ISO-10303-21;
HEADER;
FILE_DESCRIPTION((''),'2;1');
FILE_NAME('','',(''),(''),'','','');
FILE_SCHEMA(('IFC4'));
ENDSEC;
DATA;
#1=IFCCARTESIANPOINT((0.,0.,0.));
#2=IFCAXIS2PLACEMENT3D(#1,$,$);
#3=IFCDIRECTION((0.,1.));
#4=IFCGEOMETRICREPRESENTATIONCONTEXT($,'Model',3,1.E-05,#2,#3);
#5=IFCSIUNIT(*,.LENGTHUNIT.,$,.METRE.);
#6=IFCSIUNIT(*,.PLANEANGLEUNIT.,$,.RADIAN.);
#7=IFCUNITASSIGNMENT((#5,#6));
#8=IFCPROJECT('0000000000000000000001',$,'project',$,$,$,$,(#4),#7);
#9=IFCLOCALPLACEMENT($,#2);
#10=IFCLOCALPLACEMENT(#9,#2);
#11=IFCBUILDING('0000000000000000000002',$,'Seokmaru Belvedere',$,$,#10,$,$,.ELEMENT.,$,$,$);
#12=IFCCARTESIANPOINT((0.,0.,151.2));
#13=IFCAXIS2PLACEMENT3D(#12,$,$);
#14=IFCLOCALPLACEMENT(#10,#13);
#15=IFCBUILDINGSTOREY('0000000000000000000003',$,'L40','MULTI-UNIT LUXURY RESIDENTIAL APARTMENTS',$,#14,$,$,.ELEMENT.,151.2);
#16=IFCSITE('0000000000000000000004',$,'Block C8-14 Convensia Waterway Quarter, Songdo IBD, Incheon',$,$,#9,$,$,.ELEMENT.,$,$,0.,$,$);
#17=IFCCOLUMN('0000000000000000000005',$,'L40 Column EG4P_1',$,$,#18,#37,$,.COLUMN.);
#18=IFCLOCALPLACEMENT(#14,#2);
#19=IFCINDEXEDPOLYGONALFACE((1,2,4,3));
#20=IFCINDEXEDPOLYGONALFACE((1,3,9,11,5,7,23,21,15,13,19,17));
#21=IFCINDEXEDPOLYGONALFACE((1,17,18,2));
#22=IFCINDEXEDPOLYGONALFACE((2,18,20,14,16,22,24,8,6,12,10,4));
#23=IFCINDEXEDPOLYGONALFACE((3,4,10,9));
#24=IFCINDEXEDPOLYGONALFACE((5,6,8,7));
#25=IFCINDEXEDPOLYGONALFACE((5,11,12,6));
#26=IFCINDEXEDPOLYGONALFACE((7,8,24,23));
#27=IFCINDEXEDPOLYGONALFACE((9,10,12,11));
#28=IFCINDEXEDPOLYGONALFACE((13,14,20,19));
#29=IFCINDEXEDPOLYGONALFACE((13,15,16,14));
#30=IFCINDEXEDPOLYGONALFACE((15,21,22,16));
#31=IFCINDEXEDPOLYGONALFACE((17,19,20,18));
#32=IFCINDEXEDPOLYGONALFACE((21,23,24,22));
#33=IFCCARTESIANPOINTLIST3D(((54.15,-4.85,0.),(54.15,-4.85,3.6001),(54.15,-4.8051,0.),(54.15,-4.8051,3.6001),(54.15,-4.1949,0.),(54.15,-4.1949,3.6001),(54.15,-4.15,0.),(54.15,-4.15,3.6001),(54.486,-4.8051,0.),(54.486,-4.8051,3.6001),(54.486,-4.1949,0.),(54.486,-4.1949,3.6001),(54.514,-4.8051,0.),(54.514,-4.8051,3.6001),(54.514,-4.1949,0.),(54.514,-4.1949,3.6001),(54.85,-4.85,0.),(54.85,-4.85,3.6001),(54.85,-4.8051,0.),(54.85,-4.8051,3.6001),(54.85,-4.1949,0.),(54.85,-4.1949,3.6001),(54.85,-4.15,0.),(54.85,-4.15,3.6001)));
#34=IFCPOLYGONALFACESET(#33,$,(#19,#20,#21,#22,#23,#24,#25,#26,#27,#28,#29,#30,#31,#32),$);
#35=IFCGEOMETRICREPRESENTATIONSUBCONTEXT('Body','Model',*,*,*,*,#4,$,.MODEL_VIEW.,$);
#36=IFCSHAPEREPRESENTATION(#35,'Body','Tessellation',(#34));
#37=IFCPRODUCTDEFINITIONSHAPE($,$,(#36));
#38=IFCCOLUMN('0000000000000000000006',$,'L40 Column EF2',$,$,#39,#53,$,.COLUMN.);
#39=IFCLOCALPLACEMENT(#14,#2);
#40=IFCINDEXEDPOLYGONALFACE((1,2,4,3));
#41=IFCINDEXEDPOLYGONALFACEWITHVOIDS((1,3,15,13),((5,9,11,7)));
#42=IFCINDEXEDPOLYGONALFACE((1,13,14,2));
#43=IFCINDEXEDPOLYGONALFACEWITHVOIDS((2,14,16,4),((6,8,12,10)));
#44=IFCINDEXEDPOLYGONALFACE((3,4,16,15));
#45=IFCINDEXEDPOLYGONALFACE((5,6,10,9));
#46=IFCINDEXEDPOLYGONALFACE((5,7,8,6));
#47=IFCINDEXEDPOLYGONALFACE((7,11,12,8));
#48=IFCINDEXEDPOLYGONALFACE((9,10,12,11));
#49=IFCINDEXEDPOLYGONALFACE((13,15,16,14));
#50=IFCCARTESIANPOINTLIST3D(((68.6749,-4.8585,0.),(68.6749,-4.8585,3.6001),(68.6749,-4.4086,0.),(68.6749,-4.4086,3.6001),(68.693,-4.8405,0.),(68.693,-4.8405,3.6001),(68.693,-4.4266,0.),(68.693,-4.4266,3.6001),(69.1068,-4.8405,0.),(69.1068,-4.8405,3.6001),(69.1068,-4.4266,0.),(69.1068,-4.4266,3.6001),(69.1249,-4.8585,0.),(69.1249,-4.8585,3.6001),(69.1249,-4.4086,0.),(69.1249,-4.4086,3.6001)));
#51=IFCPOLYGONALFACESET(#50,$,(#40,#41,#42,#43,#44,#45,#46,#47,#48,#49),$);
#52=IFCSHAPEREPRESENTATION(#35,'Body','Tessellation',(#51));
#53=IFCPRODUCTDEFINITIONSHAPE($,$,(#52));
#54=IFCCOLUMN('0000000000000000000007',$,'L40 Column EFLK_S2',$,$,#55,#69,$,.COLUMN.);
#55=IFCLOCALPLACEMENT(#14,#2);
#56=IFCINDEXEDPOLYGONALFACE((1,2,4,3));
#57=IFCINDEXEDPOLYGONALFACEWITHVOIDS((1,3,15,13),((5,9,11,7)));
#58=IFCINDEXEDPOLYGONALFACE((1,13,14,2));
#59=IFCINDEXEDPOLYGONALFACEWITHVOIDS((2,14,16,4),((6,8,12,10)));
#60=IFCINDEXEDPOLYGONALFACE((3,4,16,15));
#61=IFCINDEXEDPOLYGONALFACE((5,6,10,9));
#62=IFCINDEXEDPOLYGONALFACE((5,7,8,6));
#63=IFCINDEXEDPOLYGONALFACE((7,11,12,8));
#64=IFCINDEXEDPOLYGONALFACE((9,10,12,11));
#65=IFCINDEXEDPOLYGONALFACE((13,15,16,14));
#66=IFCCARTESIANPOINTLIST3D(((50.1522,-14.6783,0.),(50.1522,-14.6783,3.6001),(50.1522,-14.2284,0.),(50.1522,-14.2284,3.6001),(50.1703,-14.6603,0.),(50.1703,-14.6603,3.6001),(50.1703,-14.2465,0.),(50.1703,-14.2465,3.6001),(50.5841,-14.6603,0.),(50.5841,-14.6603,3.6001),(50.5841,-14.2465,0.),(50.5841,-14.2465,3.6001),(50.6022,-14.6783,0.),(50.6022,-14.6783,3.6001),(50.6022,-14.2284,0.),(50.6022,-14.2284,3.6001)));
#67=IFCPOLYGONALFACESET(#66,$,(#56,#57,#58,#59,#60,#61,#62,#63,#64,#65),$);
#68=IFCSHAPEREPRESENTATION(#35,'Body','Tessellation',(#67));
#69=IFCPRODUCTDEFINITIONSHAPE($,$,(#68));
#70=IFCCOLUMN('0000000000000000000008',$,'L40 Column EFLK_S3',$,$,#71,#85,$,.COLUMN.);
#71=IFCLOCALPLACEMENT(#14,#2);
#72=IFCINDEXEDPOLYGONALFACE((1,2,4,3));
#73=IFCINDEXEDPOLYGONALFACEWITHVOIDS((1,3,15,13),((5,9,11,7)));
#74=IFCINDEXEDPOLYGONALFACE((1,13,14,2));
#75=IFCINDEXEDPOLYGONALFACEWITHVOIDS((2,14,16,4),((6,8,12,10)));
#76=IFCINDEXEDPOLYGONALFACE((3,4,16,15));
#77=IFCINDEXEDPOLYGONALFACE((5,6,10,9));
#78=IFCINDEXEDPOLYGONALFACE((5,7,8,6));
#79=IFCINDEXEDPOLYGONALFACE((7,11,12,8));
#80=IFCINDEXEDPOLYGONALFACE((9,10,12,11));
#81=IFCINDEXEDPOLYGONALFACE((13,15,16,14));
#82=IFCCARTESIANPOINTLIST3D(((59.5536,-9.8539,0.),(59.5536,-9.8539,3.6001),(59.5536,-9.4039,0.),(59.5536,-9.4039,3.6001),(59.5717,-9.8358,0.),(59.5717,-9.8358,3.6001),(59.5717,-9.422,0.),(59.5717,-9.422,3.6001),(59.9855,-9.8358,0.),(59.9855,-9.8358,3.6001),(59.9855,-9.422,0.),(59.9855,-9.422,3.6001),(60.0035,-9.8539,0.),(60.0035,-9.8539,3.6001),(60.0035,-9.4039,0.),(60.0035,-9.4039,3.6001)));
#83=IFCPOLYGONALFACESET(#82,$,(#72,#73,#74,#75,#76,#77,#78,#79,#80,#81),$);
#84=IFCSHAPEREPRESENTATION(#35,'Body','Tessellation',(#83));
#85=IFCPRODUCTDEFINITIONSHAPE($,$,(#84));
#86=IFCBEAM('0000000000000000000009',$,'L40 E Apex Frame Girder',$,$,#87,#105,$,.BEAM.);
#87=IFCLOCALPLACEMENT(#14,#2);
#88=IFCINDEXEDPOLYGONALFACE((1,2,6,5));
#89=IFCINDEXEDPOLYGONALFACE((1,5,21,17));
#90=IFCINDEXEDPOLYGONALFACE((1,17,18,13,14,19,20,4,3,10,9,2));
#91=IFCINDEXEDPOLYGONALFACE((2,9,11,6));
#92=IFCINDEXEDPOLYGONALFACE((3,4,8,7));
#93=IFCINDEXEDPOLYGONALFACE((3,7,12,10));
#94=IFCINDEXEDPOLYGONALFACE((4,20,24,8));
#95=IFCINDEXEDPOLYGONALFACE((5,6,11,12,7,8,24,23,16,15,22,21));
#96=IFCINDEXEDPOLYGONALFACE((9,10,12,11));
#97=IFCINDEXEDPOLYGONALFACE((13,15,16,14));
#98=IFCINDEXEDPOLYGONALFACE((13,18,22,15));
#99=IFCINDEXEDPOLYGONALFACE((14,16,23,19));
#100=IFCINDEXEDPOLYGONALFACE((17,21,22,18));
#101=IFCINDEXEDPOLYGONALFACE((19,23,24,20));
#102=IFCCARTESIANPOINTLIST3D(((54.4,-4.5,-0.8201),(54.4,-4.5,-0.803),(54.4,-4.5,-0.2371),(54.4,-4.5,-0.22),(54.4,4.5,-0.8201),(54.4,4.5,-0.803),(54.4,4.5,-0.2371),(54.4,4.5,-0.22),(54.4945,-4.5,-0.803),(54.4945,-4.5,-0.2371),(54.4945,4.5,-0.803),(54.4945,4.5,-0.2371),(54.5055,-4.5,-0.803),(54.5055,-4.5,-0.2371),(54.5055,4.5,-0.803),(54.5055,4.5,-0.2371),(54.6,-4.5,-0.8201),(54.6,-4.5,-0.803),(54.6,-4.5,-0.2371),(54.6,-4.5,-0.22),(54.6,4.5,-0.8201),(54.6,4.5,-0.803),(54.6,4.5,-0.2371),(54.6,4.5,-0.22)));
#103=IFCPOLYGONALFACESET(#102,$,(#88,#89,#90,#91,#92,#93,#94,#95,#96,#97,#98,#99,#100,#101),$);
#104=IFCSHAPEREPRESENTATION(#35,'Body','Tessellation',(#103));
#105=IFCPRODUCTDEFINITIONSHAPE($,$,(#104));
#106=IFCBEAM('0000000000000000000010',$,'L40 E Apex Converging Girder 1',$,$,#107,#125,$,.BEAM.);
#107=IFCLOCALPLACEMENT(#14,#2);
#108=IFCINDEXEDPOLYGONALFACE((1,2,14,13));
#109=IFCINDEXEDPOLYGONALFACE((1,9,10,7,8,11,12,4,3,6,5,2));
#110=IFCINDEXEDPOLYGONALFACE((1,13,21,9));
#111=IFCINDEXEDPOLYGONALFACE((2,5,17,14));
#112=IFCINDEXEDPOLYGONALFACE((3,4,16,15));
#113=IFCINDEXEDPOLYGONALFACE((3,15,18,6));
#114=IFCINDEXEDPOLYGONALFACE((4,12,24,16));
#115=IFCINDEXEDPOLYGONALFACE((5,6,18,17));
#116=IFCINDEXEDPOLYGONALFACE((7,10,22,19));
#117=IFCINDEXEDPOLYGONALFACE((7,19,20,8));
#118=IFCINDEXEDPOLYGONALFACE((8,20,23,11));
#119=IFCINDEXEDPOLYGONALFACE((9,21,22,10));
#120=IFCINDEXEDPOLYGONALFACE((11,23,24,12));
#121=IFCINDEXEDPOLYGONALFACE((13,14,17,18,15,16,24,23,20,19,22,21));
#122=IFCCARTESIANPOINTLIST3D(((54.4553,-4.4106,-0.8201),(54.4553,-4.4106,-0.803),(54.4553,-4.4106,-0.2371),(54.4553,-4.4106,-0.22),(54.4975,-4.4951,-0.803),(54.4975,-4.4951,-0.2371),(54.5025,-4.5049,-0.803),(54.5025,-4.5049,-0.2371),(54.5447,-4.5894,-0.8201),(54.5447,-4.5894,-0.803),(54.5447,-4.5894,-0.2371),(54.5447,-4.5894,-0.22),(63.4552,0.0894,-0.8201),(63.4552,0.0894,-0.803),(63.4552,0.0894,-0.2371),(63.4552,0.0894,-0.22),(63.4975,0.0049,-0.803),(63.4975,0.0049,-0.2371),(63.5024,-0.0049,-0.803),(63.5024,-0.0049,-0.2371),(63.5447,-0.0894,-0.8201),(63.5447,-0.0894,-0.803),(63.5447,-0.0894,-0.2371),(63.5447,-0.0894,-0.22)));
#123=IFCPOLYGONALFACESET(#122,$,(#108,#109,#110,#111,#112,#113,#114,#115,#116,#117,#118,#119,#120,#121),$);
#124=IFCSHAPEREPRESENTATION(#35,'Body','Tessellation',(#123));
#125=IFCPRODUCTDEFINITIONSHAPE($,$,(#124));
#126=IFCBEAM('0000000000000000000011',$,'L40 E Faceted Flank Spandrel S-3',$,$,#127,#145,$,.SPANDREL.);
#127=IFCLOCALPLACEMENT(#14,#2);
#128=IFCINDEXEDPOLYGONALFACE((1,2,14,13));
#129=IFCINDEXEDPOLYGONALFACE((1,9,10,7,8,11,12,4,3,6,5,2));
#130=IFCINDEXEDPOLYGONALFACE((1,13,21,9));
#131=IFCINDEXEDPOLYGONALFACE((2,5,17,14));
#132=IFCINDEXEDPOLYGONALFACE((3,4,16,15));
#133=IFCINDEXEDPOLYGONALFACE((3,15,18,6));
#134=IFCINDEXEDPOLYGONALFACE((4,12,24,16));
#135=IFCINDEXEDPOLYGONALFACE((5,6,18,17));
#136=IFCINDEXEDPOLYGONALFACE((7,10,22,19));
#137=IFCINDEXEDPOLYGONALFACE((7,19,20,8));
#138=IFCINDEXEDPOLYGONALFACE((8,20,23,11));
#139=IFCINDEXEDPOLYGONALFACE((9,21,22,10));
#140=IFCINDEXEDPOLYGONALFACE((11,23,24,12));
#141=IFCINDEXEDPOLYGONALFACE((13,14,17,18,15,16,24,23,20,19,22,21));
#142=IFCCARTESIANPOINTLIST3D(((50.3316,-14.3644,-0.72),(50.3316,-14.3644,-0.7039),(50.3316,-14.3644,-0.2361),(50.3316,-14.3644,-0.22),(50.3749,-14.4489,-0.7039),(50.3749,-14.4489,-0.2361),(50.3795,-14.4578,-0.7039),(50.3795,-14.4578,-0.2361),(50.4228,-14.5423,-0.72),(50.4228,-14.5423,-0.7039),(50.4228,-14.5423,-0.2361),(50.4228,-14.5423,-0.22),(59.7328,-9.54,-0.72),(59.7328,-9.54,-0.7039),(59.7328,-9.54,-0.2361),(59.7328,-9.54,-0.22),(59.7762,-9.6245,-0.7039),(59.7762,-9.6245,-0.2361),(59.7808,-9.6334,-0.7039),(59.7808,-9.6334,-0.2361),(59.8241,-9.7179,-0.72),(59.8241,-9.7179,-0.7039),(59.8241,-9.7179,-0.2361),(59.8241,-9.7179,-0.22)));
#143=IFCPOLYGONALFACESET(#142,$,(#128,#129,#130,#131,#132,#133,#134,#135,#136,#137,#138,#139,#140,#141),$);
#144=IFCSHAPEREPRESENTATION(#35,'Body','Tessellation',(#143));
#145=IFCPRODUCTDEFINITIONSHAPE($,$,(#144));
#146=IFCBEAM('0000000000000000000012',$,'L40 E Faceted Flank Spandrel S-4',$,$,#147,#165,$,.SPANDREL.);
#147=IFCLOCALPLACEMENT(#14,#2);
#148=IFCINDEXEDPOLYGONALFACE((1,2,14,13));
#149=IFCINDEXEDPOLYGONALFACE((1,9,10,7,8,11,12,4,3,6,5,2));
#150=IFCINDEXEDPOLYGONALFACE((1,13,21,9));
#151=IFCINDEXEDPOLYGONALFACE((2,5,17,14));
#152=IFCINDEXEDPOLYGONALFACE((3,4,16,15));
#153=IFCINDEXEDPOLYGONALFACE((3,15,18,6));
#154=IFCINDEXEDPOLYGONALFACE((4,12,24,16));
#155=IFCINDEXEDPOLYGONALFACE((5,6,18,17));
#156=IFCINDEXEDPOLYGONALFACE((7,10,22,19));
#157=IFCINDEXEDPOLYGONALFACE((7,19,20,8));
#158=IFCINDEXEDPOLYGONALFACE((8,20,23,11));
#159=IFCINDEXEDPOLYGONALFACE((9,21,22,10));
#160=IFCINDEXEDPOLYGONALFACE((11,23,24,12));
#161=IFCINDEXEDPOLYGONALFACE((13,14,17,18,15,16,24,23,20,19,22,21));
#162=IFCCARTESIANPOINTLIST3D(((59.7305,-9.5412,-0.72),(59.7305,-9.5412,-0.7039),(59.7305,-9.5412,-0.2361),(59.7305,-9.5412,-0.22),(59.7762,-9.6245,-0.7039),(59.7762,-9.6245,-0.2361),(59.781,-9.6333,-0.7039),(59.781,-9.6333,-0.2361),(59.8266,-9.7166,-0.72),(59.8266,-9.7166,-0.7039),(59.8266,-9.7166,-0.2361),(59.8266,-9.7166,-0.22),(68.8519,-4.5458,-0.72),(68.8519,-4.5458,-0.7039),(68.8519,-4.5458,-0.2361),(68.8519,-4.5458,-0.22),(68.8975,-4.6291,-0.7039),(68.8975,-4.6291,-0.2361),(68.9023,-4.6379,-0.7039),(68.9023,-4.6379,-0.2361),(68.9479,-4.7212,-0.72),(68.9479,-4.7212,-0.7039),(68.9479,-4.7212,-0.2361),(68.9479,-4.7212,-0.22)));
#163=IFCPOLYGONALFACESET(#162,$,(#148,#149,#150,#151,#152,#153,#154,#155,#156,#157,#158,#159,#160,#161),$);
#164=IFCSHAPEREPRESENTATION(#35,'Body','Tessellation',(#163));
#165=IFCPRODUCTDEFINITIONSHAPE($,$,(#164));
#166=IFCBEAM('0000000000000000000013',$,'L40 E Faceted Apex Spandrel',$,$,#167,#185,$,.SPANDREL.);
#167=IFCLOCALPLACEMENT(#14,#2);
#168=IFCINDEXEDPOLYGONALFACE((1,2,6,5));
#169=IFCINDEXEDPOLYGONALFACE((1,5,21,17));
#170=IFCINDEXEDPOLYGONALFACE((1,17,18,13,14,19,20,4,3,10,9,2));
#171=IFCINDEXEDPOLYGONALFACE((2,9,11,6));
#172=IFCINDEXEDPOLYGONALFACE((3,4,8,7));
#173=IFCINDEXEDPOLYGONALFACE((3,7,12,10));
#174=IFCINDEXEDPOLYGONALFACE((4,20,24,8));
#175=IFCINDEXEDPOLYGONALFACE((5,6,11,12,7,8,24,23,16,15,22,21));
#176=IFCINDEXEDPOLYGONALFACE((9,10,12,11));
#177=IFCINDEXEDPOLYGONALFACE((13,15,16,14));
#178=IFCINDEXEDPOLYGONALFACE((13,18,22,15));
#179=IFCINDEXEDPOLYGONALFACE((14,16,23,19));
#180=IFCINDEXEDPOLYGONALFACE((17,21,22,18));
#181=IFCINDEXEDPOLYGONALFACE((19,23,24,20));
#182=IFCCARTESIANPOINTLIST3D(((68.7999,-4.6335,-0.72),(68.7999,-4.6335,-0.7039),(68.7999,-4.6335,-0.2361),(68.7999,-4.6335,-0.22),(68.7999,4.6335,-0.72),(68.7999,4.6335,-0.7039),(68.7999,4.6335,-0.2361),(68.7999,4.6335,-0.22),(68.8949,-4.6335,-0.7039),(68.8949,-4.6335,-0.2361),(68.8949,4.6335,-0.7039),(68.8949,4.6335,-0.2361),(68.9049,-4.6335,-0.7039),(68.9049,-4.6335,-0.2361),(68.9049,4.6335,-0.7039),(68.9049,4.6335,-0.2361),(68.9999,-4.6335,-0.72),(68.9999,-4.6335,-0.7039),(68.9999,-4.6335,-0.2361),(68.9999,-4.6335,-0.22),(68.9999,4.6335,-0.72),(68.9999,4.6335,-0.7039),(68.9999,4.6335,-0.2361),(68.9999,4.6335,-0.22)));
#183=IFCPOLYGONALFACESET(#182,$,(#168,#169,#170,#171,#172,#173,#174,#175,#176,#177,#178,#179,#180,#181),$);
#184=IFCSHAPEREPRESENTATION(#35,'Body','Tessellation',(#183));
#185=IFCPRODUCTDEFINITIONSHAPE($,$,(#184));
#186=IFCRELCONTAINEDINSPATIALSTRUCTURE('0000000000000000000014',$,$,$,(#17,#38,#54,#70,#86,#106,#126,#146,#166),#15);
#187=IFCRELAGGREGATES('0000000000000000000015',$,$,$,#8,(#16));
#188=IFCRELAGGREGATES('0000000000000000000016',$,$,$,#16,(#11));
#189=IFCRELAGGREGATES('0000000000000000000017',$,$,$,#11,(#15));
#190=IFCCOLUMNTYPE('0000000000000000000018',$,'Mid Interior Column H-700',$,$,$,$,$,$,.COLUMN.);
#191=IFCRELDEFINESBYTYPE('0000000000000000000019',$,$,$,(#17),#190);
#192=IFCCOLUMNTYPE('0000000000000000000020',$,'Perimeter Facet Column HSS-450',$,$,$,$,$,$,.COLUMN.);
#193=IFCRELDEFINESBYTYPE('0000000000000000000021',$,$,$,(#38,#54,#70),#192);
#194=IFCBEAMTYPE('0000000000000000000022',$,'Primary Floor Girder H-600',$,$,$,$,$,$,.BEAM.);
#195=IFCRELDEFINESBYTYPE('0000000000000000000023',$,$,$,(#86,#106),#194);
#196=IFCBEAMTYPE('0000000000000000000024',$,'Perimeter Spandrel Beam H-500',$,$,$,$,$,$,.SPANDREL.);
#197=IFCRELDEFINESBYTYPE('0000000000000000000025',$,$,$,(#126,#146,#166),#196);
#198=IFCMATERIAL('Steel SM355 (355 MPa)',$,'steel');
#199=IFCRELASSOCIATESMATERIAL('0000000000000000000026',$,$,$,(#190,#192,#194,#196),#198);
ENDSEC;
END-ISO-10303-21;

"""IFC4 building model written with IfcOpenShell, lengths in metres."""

from ifc_helpers import new_model, si_unit, direction, frame, origin, origin_2d, place, context, subcontext, project, spatial, hollow_rectangle, i_section, extrude, source, transform, mapped, material, material_profile, profile_set, type_object, type_shapes, element, save


model = new_model("IFC4")

# Units and contexts
model_context = context("Model", 3, precision=1e-05, world=origin(), true_north=direction((0.0, 1.0)))
body_context = subcontext(model_context, "Body", "Model", "MODEL_VIEW")
ifc_project = project(units=[si_unit("LENGTHUNIT", "METRE"), si_unit("PLANEANGLEUNIT", "RADIAN")], contexts=[model_context])

# Site, building, storey
site_placement = place(None, origin())
site = spatial("IfcSite", under=ifc_project, at=site_placement, Name="Block C8-14 Convensia Waterway Quarter, Songdo IBD, Incheon", CompositionType="ELEMENT", RefElevation=0.0)
building_placement = place(site_placement, origin())
building = spatial("IfcBuilding", under=site, at=building_placement, Name="Seokmaru Belvedere", CompositionType="ELEMENT")
storey_placement = place(building_placement, frame((0.0, 0.0, 151.2)))
storey = spatial("IfcBuildingStorey", under=building, at=storey_placement, Name="L40", Description="MULTI-UNIT LUXURY RESIDENTIAL APARTMENTS", CompositionType="ELEMENT", Elevation=151.2)

# Columns
ifc_material_1 = material(Name="Steel SM355 (355 MPa)", Category="steel")
ifc_material_profile_1 = material_profile(ifc_material_1, i_section(OverallWidth=0.7, OverallDepth=0.7, WebThickness=0.0281, FlangeThickness=0.0449, at=origin_2d()), Name="H-700x700x28x45")
ifc_profile_set_1 = profile_set([ifc_material_profile_1], Name="Steel SM355 (355 MPa)")
column_type_1 = type_object("IfcColumnType", Name="Mid Interior Column H-700", PredefinedType="COLUMN", material=ifc_profile_set_1)
shared_shape_1 = source(origin(), body_context, "Body", "SweptSolid", [
    extrude(i_section(OverallWidth=0.7, OverallDepth=0.7, WebThickness=0.0281, FlangeThickness=0.0449, at=origin_2d()), origin(), (0.0, 0.0, 1.0), 3.6001),
])
type_shapes(column_type_1, [shared_shape_1])
column_placement = place(storey_placement, frame((54.5, -4.5, 0.0), z_axis=(0.0, 0.0, 1.0), x_axis=(1.0, 0.0, 0.0)))
element("IfcColumn", 1, at=column_placement, inside=storey, type_object=column_type_1, Name="L40 Column EG4P_1", PredefinedType="COLUMN", context=body_context, shape_type="MappedRepresentation", body=[
    mapped(shared_shape_1, transform((0.0, 0.0, 0.0), scale=1.0)),
])
ifc_material_profile_2 = material_profile(ifc_material_1, hollow_rectangle(XDim=0.45, YDim=0.45, WallThickness=0.0181, at=origin_2d()), Name="HSS-450x450x18")
ifc_profile_set_2 = profile_set([ifc_material_profile_2], Name="Steel SM355 (355 MPa)")
column_type_2 = type_object("IfcColumnType", Name="Perimeter Facet Column HSS-450", PredefinedType="COLUMN", material=ifc_profile_set_2)
shared_shape_2 = source(origin(), body_context, "Body", "SweptSolid", [
    extrude(hollow_rectangle(XDim=0.45, YDim=0.45, WallThickness=0.0181, at=origin_2d()), origin(), (0.0, 0.0, 1.0), 3.6001),
])
type_shapes(column_type_2, [shared_shape_2])
for number, where, z_axis, x_axis, name in (
    (2, (68.8999, -4.6335, 0.0), (0.0, 0.0, 1.0), (1.0, 0.0, 0.0), "L40 Column EF2"),
    (3, (50.3772, -14.4534, 0.0), (0.0, 0.0, 1.0), (1.0, 0.0, 0.0), "L40 Column EFLK_S2"),
    (4, (59.7786, -9.6289, 0.0), (0.0, 0.0, 1.0), (1.0, 0.0, 0.0), "L40 Column EFLK_S3"),
):
    element("IfcColumn", number, at=place(storey_placement, frame(where, z_axis=z_axis, x_axis=x_axis)), inside=storey, type_object=column_type_2, Name=name, PredefinedType="COLUMN", context=body_context, shape_type="MappedRepresentation", body=[
        mapped(shared_shape_2, transform((0.0, 0.0, 0.0), scale=1.0)),
    ])

# Beams
ifc_material_profile_3 = material_profile(ifc_material_1, i_section(OverallWidth=0.2, OverallDepth=0.6001, WebThickness=0.011, FlangeThickness=0.0171, at=origin_2d()), Name="H-600x200x11x17")
ifc_profile_set_3 = profile_set([ifc_material_profile_3], Name="Steel SM355 (355 MPa)")
beam_type_1 = type_object("IfcBeamType", Name="Primary Floor Girder H-600", PredefinedType="BEAM", material=ifc_profile_set_3)
shared_shape_3 = source(origin(), body_context, "Body", "SweptSolid", [
    extrude(i_section(OverallWidth=0.2, OverallDepth=0.6001, WebThickness=0.011, FlangeThickness=0.0171, at=origin_2d()), origin(), (0.0, 0.0, 1.0), 9.0),
])
beam_1_placement = place(storey_placement, frame((54.5, -4.5, -0.52), z_axis=(0.0, 1.0, 0.0), x_axis=(-1.0, 0.0, 0.0)))
element("IfcBeam", 5, at=beam_1_placement, inside=storey, type_object=beam_type_1, Name="L40 E Apex Frame Girder", PredefinedType="BEAM", context=body_context, shape_type="MappedRepresentation", body=[
    mapped(shared_shape_3, transform((0.0, 0.0, 0.0), scale=1.0)),
])
shared_shape_4 = source(origin(), body_context, "Body", "SweptSolid", [
    extrude(i_section(OverallWidth=0.2, OverallDepth=0.6001, WebThickness=0.011, FlangeThickness=0.0171, at=origin_2d()), origin(), (0.0, 0.0, 1.0), 10.0623),
])
beam_2_placement = place(storey_placement, frame((54.5, -4.5, -0.52), z_axis=(0.894427, 0.447214, 0.0), x_axis=(-0.447214, 0.894427, 0.0)))
element("IfcBeam", 6, at=beam_2_placement, inside=storey, type_object=beam_type_1, Name="L40 E Apex Converging Girder 1", PredefinedType="BEAM", context=body_context, shape_type="MappedRepresentation", body=[
    mapped(shared_shape_4, transform((0.0, 0.0, 0.0), scale=1.0)),
])
ifc_material_profile_4 = material_profile(ifc_material_1, i_section(OverallWidth=0.2, OverallDepth=0.5, WebThickness=0.01, FlangeThickness=0.0161, at=origin_2d()), Name="H-500x200x10x16")
ifc_profile_set_4 = profile_set([ifc_material_profile_4], Name="Steel SM355 (355 MPa)")
beam_type_2 = type_object("IfcBeamType", Name="Perimeter Spandrel Beam H-500", PredefinedType="SPANDREL", material=ifc_profile_set_4)
shared_shape_5 = source(origin(), body_context, "Body", "SweptSolid", [
    extrude(i_section(OverallWidth=0.2, OverallDepth=0.5, WebThickness=0.01, FlangeThickness=0.0161, at=origin_2d()), origin(), (0.0, 0.0, 1.0), 10.5669),
])
beam_3_placement = place(storey_placement, frame((50.3772, -14.4534, -0.47), z_axis=(0.889693, 0.45656, 0.0), x_axis=(-0.45656, 0.889693, 0.0)))
element("IfcBeam", 7, at=beam_3_placement, inside=storey, type_object=beam_type_2, Name="L40 E Faceted Flank Spandrel S-3", PredefinedType="SPANDREL", context=body_context, shape_type="MappedRepresentation", body=[
    mapped(shared_shape_5, transform((0.0, 0.0, 0.0), scale=1.0)),
])
shared_shape_6 = source(origin(), body_context, "Body", "SweptSolid", [
    extrude(i_section(OverallWidth=0.2, OverallDepth=0.5, WebThickness=0.01, FlangeThickness=0.0161, at=origin_2d()), origin(), (0.0, 0.0, 1.0), 10.3997),
])
beam_4_placement = place(storey_placement, frame((59.7786, -9.6289, -0.47), z_axis=(0.877082, 0.48034, 0.0), x_axis=(-0.48034, 0.877082, 0.0)))
element("IfcBeam", 8, at=beam_4_placement, inside=storey, type_object=beam_type_2, Name="L40 E Faceted Flank Spandrel S-4", PredefinedType="SPANDREL", context=body_context, shape_type="MappedRepresentation", body=[
    mapped(shared_shape_6, transform((0.0, 0.0, 0.0), scale=1.0)),
])
shared_shape_7 = source(origin(), body_context, "Body", "SweptSolid", [
    extrude(i_section(OverallWidth=0.2, OverallDepth=0.5, WebThickness=0.01, FlangeThickness=0.0161, at=origin_2d()), origin(), (0.0, 0.0, 1.0), 9.2671),
])
type_shapes(beam_type_2, [shared_shape_5, shared_shape_6, shared_shape_7])
beam_5_placement = place(storey_placement, frame((68.8999, -4.6335, -0.47), z_axis=(0.0, 1.0, 0.0), x_axis=(-1.0, 0.0, 0.0)))
element("IfcBeam", 9, at=beam_5_placement, inside=storey, type_object=beam_type_2, Name="L40 E Faceted Apex Spandrel", PredefinedType="SPANDREL", context=body_context, shape_type="MappedRepresentation", body=[
    mapped(shared_shape_7, transform((0.0, 0.0, 0.0), scale=1.0)),
])

save(model, "model.ifc")
